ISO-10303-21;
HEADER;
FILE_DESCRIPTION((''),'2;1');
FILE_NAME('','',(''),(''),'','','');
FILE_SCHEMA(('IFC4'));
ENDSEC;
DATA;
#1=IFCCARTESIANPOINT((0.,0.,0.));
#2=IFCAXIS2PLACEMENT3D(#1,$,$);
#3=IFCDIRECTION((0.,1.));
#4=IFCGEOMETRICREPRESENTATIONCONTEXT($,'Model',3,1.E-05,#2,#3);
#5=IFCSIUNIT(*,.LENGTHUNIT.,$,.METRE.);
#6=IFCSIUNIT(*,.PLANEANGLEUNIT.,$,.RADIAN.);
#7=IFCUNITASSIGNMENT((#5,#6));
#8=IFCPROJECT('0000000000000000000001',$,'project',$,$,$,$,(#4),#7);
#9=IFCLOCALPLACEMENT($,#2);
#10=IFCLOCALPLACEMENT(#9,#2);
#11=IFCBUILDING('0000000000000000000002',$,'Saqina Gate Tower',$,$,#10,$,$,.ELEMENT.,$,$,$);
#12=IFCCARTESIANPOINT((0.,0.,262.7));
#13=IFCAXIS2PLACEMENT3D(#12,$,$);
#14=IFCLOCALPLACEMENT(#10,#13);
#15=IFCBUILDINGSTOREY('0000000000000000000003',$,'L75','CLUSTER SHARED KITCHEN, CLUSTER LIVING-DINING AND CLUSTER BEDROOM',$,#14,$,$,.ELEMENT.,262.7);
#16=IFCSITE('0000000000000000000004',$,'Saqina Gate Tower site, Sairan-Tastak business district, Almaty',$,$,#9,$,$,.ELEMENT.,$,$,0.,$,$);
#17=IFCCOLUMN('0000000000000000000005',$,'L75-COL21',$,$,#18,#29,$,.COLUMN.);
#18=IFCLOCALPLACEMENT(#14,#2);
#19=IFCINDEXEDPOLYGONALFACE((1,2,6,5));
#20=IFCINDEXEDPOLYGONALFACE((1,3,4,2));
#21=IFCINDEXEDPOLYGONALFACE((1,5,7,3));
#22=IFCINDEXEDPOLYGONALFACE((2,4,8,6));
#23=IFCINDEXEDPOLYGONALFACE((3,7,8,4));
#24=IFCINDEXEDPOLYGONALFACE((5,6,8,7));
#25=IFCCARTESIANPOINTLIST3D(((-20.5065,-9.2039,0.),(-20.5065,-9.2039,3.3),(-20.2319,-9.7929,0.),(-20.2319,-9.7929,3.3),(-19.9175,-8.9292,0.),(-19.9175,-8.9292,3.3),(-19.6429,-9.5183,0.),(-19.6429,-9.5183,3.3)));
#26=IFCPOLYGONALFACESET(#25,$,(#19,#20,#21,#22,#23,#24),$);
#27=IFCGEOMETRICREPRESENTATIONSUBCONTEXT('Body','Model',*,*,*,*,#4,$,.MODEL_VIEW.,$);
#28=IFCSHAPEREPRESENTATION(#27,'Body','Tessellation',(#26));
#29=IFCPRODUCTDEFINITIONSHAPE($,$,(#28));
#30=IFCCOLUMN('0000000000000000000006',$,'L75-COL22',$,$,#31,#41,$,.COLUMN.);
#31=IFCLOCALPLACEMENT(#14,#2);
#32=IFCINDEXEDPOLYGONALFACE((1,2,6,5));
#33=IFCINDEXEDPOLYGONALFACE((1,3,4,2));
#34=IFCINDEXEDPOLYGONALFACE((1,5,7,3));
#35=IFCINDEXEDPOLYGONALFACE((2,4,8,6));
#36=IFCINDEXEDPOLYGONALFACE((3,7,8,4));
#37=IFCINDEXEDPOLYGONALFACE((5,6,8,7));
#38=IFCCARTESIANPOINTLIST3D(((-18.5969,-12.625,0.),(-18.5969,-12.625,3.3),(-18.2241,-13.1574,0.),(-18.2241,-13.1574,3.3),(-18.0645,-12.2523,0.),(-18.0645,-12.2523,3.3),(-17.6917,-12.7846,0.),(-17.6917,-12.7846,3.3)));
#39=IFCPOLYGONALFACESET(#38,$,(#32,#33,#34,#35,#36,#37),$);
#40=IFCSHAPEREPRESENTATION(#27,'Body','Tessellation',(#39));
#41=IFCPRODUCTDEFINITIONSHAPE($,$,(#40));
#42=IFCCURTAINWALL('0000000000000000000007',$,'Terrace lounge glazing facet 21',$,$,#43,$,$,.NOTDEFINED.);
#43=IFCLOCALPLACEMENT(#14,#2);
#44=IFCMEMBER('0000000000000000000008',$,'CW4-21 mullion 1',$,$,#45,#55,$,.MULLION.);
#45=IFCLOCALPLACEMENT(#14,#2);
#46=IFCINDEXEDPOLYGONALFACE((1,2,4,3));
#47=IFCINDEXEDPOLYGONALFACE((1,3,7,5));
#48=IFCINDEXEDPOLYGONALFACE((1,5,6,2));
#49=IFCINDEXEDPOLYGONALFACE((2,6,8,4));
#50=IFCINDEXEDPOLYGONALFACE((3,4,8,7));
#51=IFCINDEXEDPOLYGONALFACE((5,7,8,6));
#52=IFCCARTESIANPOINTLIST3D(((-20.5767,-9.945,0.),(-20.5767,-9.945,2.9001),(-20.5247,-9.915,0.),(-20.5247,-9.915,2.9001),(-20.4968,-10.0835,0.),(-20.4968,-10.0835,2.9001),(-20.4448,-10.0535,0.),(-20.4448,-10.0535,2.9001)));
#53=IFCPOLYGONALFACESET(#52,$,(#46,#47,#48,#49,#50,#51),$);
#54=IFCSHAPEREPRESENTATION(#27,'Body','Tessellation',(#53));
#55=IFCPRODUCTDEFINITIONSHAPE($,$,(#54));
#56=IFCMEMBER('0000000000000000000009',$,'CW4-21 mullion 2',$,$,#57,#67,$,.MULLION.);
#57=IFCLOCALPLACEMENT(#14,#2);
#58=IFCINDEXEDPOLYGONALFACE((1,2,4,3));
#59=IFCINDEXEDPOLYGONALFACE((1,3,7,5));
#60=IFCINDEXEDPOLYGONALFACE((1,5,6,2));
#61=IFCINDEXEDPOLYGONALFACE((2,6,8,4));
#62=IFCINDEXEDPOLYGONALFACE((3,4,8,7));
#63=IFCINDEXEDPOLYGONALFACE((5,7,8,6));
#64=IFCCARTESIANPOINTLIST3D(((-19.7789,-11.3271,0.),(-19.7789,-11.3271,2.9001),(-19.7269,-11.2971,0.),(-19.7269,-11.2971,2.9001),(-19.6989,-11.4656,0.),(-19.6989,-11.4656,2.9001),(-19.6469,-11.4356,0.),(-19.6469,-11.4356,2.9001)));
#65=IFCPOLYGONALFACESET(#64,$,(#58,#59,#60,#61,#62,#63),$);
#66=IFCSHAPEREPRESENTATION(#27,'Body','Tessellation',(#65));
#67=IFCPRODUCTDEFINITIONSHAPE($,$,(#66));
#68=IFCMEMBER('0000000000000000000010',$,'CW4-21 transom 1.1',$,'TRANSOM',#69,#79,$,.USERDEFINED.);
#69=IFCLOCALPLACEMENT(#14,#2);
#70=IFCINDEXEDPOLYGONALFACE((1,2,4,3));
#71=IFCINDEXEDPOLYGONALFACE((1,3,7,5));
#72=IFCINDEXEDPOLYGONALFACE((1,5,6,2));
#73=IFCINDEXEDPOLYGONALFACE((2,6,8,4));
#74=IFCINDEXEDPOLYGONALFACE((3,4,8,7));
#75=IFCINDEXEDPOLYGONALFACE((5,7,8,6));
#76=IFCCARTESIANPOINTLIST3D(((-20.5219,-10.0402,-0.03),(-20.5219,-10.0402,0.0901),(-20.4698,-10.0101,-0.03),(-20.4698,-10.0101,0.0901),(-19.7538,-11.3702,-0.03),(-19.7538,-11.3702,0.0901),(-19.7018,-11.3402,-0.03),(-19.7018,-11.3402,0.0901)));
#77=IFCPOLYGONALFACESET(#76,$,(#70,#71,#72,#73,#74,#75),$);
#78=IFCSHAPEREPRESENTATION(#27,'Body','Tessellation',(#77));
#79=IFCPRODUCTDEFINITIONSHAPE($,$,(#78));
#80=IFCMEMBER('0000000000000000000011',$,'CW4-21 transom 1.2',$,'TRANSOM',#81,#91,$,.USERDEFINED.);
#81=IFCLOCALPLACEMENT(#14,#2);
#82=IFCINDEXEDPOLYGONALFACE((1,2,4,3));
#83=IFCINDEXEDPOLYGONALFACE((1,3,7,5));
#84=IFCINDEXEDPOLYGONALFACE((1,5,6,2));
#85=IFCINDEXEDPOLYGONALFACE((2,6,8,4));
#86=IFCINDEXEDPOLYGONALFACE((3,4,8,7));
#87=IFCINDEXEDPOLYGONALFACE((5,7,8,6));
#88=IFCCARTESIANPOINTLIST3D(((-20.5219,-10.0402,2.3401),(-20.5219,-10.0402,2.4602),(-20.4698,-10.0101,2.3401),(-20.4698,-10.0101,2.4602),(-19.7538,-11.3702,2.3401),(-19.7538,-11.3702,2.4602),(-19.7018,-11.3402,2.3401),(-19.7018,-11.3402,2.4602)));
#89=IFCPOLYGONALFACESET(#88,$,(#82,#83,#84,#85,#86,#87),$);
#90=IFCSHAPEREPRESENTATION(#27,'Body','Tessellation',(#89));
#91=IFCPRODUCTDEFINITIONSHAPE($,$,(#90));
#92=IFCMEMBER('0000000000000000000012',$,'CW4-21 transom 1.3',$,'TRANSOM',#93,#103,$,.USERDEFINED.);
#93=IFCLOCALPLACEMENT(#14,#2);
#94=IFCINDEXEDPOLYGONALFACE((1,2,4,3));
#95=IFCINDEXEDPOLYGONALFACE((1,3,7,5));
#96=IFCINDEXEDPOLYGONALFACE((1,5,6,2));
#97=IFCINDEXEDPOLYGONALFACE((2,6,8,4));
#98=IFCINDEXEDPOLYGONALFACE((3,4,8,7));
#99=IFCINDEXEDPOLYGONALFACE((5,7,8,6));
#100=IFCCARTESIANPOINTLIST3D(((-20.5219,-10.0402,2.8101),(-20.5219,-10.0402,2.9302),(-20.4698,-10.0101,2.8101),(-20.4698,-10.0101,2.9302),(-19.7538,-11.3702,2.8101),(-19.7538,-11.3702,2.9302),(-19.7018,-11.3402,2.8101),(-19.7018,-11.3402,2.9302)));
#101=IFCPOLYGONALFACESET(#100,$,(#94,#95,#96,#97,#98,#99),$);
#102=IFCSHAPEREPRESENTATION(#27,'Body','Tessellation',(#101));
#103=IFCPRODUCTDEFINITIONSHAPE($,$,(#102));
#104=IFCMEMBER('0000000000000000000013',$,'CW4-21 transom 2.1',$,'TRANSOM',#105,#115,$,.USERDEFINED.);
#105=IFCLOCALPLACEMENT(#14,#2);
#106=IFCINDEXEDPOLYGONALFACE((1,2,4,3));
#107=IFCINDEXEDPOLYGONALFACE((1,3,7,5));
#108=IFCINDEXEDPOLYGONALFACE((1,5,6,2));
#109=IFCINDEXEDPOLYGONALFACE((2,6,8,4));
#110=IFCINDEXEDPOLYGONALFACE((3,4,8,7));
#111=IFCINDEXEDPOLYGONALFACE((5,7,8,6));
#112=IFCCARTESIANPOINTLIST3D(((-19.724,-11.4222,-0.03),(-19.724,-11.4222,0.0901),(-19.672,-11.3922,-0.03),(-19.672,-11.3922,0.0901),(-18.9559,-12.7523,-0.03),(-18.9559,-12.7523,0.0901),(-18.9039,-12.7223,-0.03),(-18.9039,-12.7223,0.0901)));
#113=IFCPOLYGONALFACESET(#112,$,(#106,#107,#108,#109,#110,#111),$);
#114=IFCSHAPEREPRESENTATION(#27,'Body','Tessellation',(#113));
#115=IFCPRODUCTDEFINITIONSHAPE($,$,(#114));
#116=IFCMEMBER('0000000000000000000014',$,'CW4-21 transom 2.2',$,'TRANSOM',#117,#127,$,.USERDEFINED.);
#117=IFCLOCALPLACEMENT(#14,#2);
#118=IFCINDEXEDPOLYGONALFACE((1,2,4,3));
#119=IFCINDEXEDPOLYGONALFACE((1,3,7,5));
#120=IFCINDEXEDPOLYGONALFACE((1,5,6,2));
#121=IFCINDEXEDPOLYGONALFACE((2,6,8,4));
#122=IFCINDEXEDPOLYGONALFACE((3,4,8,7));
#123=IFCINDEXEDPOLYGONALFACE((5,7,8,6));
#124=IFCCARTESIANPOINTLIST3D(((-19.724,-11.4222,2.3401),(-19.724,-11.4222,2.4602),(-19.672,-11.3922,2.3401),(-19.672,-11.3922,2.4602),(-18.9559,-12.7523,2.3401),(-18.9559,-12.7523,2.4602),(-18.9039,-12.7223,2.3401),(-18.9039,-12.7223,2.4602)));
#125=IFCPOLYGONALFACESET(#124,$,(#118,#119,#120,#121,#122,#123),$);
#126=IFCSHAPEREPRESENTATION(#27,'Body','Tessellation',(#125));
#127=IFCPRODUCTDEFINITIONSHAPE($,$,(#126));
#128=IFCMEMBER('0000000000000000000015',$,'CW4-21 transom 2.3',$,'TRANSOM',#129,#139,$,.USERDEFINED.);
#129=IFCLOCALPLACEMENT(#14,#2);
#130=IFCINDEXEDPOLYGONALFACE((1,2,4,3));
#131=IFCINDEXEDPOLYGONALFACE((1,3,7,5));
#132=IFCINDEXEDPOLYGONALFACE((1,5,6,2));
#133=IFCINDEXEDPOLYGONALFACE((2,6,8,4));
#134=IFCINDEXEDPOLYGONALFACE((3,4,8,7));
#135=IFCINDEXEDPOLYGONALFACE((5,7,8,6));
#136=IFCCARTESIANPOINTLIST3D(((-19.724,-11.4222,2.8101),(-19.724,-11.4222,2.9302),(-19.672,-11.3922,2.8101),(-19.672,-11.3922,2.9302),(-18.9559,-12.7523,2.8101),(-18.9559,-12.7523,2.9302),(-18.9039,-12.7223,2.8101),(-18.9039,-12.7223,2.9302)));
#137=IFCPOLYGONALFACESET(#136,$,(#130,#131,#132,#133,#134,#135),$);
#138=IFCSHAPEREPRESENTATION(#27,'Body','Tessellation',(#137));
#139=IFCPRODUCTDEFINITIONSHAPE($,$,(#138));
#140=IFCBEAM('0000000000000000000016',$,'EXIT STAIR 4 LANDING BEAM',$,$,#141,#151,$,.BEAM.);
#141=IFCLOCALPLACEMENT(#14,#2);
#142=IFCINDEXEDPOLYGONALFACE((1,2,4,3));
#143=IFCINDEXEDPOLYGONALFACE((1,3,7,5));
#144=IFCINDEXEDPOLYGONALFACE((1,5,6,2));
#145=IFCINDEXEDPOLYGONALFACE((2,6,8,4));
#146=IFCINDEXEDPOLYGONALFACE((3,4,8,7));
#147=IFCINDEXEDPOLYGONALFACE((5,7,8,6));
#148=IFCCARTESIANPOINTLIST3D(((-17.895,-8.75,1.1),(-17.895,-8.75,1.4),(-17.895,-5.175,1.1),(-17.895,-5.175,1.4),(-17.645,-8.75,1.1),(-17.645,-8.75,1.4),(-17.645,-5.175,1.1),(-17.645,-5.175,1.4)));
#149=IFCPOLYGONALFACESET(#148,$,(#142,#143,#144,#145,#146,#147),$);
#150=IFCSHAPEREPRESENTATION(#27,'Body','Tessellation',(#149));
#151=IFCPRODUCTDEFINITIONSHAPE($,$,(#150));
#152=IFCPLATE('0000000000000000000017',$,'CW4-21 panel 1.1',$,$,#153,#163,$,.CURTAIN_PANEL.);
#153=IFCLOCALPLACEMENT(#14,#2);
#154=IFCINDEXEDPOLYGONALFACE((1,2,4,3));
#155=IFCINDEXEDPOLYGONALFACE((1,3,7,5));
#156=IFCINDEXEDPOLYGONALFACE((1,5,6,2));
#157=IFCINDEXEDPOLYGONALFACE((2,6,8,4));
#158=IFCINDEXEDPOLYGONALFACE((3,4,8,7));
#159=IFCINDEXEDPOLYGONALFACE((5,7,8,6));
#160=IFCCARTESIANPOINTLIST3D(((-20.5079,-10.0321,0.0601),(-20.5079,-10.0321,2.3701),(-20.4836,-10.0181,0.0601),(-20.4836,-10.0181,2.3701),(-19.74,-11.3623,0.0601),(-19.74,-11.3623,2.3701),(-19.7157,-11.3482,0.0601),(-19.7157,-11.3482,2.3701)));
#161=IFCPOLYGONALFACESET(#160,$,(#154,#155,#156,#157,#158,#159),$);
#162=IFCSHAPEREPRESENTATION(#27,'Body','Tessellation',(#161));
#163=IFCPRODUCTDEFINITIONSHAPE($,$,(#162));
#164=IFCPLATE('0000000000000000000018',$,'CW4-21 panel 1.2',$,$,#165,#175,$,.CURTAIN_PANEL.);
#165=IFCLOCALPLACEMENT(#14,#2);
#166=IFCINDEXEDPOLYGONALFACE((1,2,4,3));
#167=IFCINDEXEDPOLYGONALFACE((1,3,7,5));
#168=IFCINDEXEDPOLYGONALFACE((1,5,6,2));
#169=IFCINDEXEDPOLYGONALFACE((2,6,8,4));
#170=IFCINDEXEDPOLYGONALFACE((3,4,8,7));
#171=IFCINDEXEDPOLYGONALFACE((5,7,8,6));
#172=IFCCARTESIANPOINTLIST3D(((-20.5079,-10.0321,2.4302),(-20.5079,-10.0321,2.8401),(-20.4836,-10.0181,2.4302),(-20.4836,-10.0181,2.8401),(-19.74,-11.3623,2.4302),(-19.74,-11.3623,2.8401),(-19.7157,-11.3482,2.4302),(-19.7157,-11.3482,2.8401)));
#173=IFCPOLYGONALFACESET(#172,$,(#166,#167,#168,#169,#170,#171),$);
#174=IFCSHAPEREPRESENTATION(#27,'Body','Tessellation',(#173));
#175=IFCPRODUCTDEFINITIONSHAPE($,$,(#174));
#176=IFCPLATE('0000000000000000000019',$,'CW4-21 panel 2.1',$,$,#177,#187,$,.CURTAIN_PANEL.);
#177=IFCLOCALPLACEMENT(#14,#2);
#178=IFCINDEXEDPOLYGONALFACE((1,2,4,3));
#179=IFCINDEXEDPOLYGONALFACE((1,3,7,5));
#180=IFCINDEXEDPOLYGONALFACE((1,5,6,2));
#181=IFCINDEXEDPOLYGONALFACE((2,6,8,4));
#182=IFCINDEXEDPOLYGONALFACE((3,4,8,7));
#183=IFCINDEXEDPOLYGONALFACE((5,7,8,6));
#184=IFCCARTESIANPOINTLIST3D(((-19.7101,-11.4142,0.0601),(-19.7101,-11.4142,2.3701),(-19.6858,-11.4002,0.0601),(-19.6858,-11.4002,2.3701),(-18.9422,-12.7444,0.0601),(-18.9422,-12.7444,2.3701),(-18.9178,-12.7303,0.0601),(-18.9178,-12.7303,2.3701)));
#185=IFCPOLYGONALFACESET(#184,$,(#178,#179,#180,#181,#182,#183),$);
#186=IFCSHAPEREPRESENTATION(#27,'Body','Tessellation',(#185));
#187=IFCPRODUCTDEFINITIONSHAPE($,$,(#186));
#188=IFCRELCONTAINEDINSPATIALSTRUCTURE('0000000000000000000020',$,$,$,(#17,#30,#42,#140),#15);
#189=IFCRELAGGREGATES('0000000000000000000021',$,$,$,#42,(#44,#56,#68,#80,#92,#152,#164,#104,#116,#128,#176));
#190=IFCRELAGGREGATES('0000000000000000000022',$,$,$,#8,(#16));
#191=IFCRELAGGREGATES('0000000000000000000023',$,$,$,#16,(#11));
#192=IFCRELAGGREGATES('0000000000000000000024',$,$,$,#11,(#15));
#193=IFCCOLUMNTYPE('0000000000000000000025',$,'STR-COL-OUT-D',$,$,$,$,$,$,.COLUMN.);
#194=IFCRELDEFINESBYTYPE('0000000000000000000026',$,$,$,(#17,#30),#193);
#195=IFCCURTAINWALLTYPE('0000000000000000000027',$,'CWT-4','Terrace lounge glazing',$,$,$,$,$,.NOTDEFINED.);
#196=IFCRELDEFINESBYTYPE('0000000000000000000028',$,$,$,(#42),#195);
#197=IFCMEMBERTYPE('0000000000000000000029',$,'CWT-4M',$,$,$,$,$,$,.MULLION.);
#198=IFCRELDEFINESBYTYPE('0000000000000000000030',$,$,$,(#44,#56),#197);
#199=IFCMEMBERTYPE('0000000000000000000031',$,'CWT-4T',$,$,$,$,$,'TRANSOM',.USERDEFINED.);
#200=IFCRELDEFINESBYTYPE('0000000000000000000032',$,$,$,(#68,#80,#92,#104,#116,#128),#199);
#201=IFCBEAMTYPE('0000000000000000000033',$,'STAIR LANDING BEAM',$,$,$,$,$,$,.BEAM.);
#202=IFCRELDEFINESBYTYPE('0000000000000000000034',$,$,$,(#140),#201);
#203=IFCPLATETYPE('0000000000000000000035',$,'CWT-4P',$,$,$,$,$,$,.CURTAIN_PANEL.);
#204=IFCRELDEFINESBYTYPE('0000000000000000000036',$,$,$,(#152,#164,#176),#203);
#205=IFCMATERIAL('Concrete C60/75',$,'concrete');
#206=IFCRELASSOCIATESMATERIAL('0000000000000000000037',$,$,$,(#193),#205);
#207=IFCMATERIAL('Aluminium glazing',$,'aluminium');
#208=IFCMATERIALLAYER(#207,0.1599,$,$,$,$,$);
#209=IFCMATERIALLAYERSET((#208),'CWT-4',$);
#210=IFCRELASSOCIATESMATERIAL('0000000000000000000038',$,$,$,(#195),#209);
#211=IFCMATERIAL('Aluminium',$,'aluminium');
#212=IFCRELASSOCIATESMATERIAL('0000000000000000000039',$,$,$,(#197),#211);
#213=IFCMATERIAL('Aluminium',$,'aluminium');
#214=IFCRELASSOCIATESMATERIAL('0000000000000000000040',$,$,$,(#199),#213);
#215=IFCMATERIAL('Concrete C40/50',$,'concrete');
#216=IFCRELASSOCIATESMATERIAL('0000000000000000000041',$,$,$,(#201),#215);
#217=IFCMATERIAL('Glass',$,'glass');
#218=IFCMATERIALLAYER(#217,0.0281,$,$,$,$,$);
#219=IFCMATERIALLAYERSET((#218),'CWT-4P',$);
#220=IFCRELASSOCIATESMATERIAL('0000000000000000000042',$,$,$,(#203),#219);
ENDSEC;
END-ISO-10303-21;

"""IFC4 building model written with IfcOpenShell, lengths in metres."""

from ifc_helpers import new_model, si_unit, direction, frame, origin, origin_2d, place, context, subcontext, project, spatial, rectangle, extrude, material, layer, layer_set, material_profile, profile_set, type_object, element, aggregate, save


model = new_model("IFC4")

# Units and contexts
model_context = context("Model", 3, precision=1e-05, world=origin(), true_north=direction((0.0, 1.0)))
body_context = subcontext(model_context, "Body", "Model", "MODEL_VIEW")
ifc_project = project(units=[si_unit("LENGTHUNIT", "METRE"), si_unit("PLANEANGLEUNIT", "RADIAN")], contexts=[model_context])

# Site, building, storey
site_placement = place(None, origin())
site = spatial("IfcSite", under=ifc_project, at=site_placement, Name="Saqina Gate Tower site, Sairan-Tastak business district, Almaty", CompositionType="ELEMENT", RefElevation=0.0)
building_placement = place(site_placement, origin())
building = spatial("IfcBuilding", under=site, at=building_placement, Name="Saqina Gate Tower", CompositionType="ELEMENT")
storey_placement = place(building_placement, frame((0.0, 0.0, 262.7)))
storey = spatial("IfcBuildingStorey", under=building, at=storey_placement, Name="L75", Description="CLUSTER SHARED KITCHEN, CLUSTER LIVING-DINING AND CLUSTER BEDROOM", CompositionType="ELEMENT", Elevation=262.7)

# Columns
ifc_material_1 = material(Name="Concrete C60/75", Category="concrete")
ifc_material_profile_1 = material_profile(ifc_material_1, rectangle(XDim=0.6499, YDim=0.6499, at=origin_2d()), Name="RC 650x650")
ifc_profile_set_1 = profile_set([ifc_material_profile_1], Name="Concrete C60/75")
column_type = type_object("IfcColumnType", Name="STR-COL-OUT-D", PredefinedType="COLUMN", material=ifc_profile_set_1)
for number, where, z_axis, x_axis, name in (
    (1, (-20.0747, -9.3611, 0.0), (0.0, 0.0, 1.0), (-0.906308, -0.422618, 0.0), "L75-COL21"),
    (2, (-18.1443, -12.7048, 0.0), (0.0, 0.0, 1.0), (-0.819152, -0.573576, 0.0), "L75-COL22"),
):
    element("IfcColumn", number, at=place(storey_placement, frame(where, z_axis=z_axis, x_axis=x_axis)), inside=storey, type_object=column_type, Name=name, PredefinedType="COLUMN", context=body_context, shape_type="SweptSolid", body=[
        extrude(rectangle(XDim=0.6499, YDim=0.6499, at=origin_2d()), origin(), (0.0, 0.0, 1.0), 3.3),
    ])

# Curtain wall, members
ifc_material_2 = material(Name="Aluminium glazing", Category="aluminium")
ifc_layer_1 = layer(ifc_material_2, 0.1599)
ifc_layer_set_1 = layer_set([ifc_layer_1], Name="CWT-4")
curtain_wall_type = type_object("IfcCurtainWallType", Name="CWT-4", Description="Terrace lounge glazing", PredefinedType="NOTDEFINED", material=ifc_layer_set_1)
curtain_wall_placement = place(storey_placement, origin())
curtain_wall = element("IfcCurtainWall", 3, at=curtain_wall_placement, inside=storey, type_object=curtain_wall_type, Name="Terrace lounge glazing facet 21", PredefinedType="NOTDEFINED")
ifc_material_3 = material(Name="Aluminium", Category="aluminium")
ifc_material_profile_2 = material_profile(ifc_material_3, rectangle(XDim=0.0601, YDim=0.1599, at=origin_2d()), Name="Aluminium 60x160")
ifc_profile_set_2 = profile_set([ifc_material_profile_2], Name="Aluminium")
member_type_1 = type_object("IfcMemberType", Name="CWT-4M", PredefinedType="MULLION", material=ifc_profile_set_2)
member_1_placement = place(storey_placement, frame((-20.5107, -9.9993, 0.0), z_axis=(0.0, 0.0, 1.0), x_axis=(0.866036, 0.499982, 0.0)))
member_1 = element("IfcMember", 4, at=member_1_placement, type_object=member_type_1, Name="CW4-21 mullion 1", PredefinedType="MULLION", context=body_context, shape_type="SweptSolid", body=[
    extrude(rectangle(XDim=0.0601, YDim=0.1599, at=origin_2d()), origin(), (0.0, 0.0, 1.0), 2.9001),
])
member_2_placement = place(storey_placement, frame((-19.7129, -11.3813, 0.0), z_axis=(0.0, 0.0, 1.0), x_axis=(0.866036, 0.499982, 0.0)))
member_2 = element("IfcMember", 5, at=member_2_placement, type_object=member_type_1, Name="CW4-21 mullion 2", PredefinedType="MULLION", context=body_context, shape_type="SweptSolid", body=[
    extrude(rectangle(XDim=0.0601, YDim=0.1599, at=origin_2d()), origin(), (0.0, 0.0, 1.0), 2.9001),
])
ifc_material_4 = material(Name="Aluminium", Category="aluminium")
ifc_material_profile_3 = material_profile(ifc_material_4, rectangle(XDim=0.0601, YDim=0.1201, at=origin_2d()), Name="Aluminium 60x120")
ifc_profile_set_3 = profile_set([ifc_material_profile_3], Name="Aluminium")
member_type_2 = type_object("IfcMemberType", Name="CWT-4T", ElementType="TRANSOM", PredefinedType="USERDEFINED", material=ifc_profile_set_3)
member_3_placement = place(storey_placement, frame((-20.4958, -10.0251, 0.03), z_axis=(0.500071, -0.865984, 0.0), x_axis=(0.865984, 0.500071, 0.0)))
member_3 = element("IfcMember", 6, at=member_3_placement, type_object=member_type_2, Name="CW4-21 transom 1.1", ObjectType="TRANSOM", PredefinedType="USERDEFINED", context=body_context, shape_type="SweptSolid", body=[
    extrude(rectangle(XDim=0.0601, YDim=0.1201, at=origin_2d()), origin(), (0.0, 0.0, 1.0), 1.5359),
])
member_4_placement = place(storey_placement, frame((-20.4958, -10.0251, 2.4001), z_axis=(0.500071, -0.865984, 0.0), x_axis=(0.865984, 0.500071, 0.0)))
member_4 = element("IfcMember", 7, at=member_4_placement, type_object=member_type_2, Name="CW4-21 transom 1.2", ObjectType="TRANSOM", PredefinedType="USERDEFINED", context=body_context, shape_type="SweptSolid", body=[
    extrude(rectangle(XDim=0.0601, YDim=0.1201, at=origin_2d()), origin(), (0.0, 0.0, 1.0), 1.5359),
])
member_5_placement = place(storey_placement, frame((-20.4958, -10.0251, 2.8701), z_axis=(0.500071, -0.865984, 0.0), x_axis=(0.865984, 0.500071, 0.0)))
member_5 = element("IfcMember", 8, at=member_5_placement, type_object=member_type_2, Name="CW4-21 transom 1.3", ObjectType="TRANSOM", PredefinedType="USERDEFINED", context=body_context, shape_type="SweptSolid", body=[
    extrude(rectangle(XDim=0.0601, YDim=0.1201, at=origin_2d()), origin(), (0.0, 0.0, 1.0), 1.5359),
])
member_6_placement = place(storey_placement, frame((-19.698, -11.4072, 0.03), z_axis=(0.500071, -0.865984, 0.0), x_axis=(0.865984, 0.500071, 0.0)))
member_6 = element("IfcMember", 9, at=member_6_placement, type_object=member_type_2, Name="CW4-21 transom 2.1", ObjectType="TRANSOM", PredefinedType="USERDEFINED", context=body_context, shape_type="SweptSolid", body=[
    extrude(rectangle(XDim=0.0601, YDim=0.1201, at=origin_2d()), origin(), (0.0, 0.0, 1.0), 1.5359),
])
member_7_placement = place(storey_placement, frame((-19.698, -11.4072, 2.4001), z_axis=(0.500071, -0.865984, 0.0), x_axis=(0.865984, 0.500071, 0.0)))
member_7 = element("IfcMember", 10, at=member_7_placement, type_object=member_type_2, Name="CW4-21 transom 2.2", ObjectType="TRANSOM", PredefinedType="USERDEFINED", context=body_context, shape_type="SweptSolid", body=[
    extrude(rectangle(XDim=0.0601, YDim=0.1201, at=origin_2d()), origin(), (0.0, 0.0, 1.0), 1.5359),
])
member_8_placement = place(storey_placement, frame((-19.698, -11.4072, 2.8701), z_axis=(0.500071, -0.865984, 0.0), x_axis=(0.865984, 0.500071, 0.0)))
member_8 = element("IfcMember", 11, at=member_8_placement, type_object=member_type_2, Name="CW4-21 transom 2.3", ObjectType="TRANSOM", PredefinedType="USERDEFINED", context=body_context, shape_type="SweptSolid", body=[
    extrude(rectangle(XDim=0.0601, YDim=0.1201, at=origin_2d()), origin(), (0.0, 0.0, 1.0), 1.5359),
])

# Beam
ifc_material_5 = material(Name="Concrete C40/50", Category="concrete")
ifc_material_profile_4 = material_profile(ifc_material_5, rectangle(XDim=0.25, YDim=0.3, at=origin_2d()), Name="STAIR LANDING BEAM")
ifc_profile_set_4 = profile_set([ifc_material_profile_4], Name="Concrete C40/50")
beam_type = type_object("IfcBeamType", Name="STAIR LANDING BEAM", PredefinedType="BEAM", material=ifc_profile_set_4)
beam_placement = place(storey_placement, frame((-17.77, -8.75, 1.25), z_axis=(0.0, 1.0, 0.0), x_axis=(-1.0, 0.0, 0.0)))
element("IfcBeam", 12, at=beam_placement, inside=storey, type_object=beam_type, Name="EXIT STAIR 4 LANDING BEAM", PredefinedType="BEAM", context=body_context, shape_type="SweptSolid", body=[
    extrude(rectangle(XDim=0.25, YDim=0.3, at=origin_2d()), origin(), (0.0, 0.0, 1.0), 3.575),
])

# Plates
ifc_material_6 = material(Name="Glass", Category="glass")
ifc_layer_2 = layer(ifc_material_6, 0.0281)
ifc_layer_set_2 = layer_set([ifc_layer_2], Name="CWT-4P")
plate_type = type_object("IfcPlateType", Name="CWT-4P", PredefinedType="CURTAIN_PANEL", material=ifc_layer_set_2)
plate_1_placement = place(storey_placement, frame((-20.1118, -10.6902, 0.0601), z_axis=(0.0, 0.0, 1.0), x_axis=(0.499982, -0.866036, 0.0)))
plate_1 = element("IfcPlate", 13, at=plate_1_placement, type_object=plate_type, Name="CW4-21 panel 1.1", PredefinedType="CURTAIN_PANEL", context=body_context, shape_type="SweptSolid", body=[
    extrude(rectangle(XDim=1.5359, YDim=0.0281, at=origin_2d()), origin(), (0.0, 0.0, 1.0), 2.3101),
])
plate_2_placement = place(storey_placement, frame((-20.1118, -10.6902, 2.4302), z_axis=(0.0, 0.0, 1.0), x_axis=(0.499982, -0.866036, 0.0)))
plate_2 = element("IfcPlate", 14, at=plate_2_placement, type_object=plate_type, Name="CW4-21 panel 1.2", PredefinedType="CURTAIN_PANEL", context=body_context, shape_type="SweptSolid", body=[
    extrude(rectangle(XDim=1.5359, YDim=0.0281, at=origin_2d()), origin(), (0.0, 0.0, 1.0), 0.4099),
])
plate_3_placement = place(storey_placement, frame((-19.314, -12.0723, 0.0601), z_axis=(0.0, 0.0, 1.0), x_axis=(0.499982, -0.866036, 0.0)))
plate_3 = element("IfcPlate", 15, at=plate_3_placement, type_object=plate_type, Name="CW4-21 panel 2.1", PredefinedType="CURTAIN_PANEL", context=body_context, shape_type="SweptSolid", body=[
    extrude(rectangle(XDim=1.5359, YDim=0.0281, at=origin_2d()), origin(), (0.0, 0.0, 1.0), 2.3101),
])
aggregate(curtain_wall, [member_1, member_2, member_3, member_4, member_5, plate_1, plate_2, member_6, member_7, member_8, plate_3])

save(model, "model.ifc")
